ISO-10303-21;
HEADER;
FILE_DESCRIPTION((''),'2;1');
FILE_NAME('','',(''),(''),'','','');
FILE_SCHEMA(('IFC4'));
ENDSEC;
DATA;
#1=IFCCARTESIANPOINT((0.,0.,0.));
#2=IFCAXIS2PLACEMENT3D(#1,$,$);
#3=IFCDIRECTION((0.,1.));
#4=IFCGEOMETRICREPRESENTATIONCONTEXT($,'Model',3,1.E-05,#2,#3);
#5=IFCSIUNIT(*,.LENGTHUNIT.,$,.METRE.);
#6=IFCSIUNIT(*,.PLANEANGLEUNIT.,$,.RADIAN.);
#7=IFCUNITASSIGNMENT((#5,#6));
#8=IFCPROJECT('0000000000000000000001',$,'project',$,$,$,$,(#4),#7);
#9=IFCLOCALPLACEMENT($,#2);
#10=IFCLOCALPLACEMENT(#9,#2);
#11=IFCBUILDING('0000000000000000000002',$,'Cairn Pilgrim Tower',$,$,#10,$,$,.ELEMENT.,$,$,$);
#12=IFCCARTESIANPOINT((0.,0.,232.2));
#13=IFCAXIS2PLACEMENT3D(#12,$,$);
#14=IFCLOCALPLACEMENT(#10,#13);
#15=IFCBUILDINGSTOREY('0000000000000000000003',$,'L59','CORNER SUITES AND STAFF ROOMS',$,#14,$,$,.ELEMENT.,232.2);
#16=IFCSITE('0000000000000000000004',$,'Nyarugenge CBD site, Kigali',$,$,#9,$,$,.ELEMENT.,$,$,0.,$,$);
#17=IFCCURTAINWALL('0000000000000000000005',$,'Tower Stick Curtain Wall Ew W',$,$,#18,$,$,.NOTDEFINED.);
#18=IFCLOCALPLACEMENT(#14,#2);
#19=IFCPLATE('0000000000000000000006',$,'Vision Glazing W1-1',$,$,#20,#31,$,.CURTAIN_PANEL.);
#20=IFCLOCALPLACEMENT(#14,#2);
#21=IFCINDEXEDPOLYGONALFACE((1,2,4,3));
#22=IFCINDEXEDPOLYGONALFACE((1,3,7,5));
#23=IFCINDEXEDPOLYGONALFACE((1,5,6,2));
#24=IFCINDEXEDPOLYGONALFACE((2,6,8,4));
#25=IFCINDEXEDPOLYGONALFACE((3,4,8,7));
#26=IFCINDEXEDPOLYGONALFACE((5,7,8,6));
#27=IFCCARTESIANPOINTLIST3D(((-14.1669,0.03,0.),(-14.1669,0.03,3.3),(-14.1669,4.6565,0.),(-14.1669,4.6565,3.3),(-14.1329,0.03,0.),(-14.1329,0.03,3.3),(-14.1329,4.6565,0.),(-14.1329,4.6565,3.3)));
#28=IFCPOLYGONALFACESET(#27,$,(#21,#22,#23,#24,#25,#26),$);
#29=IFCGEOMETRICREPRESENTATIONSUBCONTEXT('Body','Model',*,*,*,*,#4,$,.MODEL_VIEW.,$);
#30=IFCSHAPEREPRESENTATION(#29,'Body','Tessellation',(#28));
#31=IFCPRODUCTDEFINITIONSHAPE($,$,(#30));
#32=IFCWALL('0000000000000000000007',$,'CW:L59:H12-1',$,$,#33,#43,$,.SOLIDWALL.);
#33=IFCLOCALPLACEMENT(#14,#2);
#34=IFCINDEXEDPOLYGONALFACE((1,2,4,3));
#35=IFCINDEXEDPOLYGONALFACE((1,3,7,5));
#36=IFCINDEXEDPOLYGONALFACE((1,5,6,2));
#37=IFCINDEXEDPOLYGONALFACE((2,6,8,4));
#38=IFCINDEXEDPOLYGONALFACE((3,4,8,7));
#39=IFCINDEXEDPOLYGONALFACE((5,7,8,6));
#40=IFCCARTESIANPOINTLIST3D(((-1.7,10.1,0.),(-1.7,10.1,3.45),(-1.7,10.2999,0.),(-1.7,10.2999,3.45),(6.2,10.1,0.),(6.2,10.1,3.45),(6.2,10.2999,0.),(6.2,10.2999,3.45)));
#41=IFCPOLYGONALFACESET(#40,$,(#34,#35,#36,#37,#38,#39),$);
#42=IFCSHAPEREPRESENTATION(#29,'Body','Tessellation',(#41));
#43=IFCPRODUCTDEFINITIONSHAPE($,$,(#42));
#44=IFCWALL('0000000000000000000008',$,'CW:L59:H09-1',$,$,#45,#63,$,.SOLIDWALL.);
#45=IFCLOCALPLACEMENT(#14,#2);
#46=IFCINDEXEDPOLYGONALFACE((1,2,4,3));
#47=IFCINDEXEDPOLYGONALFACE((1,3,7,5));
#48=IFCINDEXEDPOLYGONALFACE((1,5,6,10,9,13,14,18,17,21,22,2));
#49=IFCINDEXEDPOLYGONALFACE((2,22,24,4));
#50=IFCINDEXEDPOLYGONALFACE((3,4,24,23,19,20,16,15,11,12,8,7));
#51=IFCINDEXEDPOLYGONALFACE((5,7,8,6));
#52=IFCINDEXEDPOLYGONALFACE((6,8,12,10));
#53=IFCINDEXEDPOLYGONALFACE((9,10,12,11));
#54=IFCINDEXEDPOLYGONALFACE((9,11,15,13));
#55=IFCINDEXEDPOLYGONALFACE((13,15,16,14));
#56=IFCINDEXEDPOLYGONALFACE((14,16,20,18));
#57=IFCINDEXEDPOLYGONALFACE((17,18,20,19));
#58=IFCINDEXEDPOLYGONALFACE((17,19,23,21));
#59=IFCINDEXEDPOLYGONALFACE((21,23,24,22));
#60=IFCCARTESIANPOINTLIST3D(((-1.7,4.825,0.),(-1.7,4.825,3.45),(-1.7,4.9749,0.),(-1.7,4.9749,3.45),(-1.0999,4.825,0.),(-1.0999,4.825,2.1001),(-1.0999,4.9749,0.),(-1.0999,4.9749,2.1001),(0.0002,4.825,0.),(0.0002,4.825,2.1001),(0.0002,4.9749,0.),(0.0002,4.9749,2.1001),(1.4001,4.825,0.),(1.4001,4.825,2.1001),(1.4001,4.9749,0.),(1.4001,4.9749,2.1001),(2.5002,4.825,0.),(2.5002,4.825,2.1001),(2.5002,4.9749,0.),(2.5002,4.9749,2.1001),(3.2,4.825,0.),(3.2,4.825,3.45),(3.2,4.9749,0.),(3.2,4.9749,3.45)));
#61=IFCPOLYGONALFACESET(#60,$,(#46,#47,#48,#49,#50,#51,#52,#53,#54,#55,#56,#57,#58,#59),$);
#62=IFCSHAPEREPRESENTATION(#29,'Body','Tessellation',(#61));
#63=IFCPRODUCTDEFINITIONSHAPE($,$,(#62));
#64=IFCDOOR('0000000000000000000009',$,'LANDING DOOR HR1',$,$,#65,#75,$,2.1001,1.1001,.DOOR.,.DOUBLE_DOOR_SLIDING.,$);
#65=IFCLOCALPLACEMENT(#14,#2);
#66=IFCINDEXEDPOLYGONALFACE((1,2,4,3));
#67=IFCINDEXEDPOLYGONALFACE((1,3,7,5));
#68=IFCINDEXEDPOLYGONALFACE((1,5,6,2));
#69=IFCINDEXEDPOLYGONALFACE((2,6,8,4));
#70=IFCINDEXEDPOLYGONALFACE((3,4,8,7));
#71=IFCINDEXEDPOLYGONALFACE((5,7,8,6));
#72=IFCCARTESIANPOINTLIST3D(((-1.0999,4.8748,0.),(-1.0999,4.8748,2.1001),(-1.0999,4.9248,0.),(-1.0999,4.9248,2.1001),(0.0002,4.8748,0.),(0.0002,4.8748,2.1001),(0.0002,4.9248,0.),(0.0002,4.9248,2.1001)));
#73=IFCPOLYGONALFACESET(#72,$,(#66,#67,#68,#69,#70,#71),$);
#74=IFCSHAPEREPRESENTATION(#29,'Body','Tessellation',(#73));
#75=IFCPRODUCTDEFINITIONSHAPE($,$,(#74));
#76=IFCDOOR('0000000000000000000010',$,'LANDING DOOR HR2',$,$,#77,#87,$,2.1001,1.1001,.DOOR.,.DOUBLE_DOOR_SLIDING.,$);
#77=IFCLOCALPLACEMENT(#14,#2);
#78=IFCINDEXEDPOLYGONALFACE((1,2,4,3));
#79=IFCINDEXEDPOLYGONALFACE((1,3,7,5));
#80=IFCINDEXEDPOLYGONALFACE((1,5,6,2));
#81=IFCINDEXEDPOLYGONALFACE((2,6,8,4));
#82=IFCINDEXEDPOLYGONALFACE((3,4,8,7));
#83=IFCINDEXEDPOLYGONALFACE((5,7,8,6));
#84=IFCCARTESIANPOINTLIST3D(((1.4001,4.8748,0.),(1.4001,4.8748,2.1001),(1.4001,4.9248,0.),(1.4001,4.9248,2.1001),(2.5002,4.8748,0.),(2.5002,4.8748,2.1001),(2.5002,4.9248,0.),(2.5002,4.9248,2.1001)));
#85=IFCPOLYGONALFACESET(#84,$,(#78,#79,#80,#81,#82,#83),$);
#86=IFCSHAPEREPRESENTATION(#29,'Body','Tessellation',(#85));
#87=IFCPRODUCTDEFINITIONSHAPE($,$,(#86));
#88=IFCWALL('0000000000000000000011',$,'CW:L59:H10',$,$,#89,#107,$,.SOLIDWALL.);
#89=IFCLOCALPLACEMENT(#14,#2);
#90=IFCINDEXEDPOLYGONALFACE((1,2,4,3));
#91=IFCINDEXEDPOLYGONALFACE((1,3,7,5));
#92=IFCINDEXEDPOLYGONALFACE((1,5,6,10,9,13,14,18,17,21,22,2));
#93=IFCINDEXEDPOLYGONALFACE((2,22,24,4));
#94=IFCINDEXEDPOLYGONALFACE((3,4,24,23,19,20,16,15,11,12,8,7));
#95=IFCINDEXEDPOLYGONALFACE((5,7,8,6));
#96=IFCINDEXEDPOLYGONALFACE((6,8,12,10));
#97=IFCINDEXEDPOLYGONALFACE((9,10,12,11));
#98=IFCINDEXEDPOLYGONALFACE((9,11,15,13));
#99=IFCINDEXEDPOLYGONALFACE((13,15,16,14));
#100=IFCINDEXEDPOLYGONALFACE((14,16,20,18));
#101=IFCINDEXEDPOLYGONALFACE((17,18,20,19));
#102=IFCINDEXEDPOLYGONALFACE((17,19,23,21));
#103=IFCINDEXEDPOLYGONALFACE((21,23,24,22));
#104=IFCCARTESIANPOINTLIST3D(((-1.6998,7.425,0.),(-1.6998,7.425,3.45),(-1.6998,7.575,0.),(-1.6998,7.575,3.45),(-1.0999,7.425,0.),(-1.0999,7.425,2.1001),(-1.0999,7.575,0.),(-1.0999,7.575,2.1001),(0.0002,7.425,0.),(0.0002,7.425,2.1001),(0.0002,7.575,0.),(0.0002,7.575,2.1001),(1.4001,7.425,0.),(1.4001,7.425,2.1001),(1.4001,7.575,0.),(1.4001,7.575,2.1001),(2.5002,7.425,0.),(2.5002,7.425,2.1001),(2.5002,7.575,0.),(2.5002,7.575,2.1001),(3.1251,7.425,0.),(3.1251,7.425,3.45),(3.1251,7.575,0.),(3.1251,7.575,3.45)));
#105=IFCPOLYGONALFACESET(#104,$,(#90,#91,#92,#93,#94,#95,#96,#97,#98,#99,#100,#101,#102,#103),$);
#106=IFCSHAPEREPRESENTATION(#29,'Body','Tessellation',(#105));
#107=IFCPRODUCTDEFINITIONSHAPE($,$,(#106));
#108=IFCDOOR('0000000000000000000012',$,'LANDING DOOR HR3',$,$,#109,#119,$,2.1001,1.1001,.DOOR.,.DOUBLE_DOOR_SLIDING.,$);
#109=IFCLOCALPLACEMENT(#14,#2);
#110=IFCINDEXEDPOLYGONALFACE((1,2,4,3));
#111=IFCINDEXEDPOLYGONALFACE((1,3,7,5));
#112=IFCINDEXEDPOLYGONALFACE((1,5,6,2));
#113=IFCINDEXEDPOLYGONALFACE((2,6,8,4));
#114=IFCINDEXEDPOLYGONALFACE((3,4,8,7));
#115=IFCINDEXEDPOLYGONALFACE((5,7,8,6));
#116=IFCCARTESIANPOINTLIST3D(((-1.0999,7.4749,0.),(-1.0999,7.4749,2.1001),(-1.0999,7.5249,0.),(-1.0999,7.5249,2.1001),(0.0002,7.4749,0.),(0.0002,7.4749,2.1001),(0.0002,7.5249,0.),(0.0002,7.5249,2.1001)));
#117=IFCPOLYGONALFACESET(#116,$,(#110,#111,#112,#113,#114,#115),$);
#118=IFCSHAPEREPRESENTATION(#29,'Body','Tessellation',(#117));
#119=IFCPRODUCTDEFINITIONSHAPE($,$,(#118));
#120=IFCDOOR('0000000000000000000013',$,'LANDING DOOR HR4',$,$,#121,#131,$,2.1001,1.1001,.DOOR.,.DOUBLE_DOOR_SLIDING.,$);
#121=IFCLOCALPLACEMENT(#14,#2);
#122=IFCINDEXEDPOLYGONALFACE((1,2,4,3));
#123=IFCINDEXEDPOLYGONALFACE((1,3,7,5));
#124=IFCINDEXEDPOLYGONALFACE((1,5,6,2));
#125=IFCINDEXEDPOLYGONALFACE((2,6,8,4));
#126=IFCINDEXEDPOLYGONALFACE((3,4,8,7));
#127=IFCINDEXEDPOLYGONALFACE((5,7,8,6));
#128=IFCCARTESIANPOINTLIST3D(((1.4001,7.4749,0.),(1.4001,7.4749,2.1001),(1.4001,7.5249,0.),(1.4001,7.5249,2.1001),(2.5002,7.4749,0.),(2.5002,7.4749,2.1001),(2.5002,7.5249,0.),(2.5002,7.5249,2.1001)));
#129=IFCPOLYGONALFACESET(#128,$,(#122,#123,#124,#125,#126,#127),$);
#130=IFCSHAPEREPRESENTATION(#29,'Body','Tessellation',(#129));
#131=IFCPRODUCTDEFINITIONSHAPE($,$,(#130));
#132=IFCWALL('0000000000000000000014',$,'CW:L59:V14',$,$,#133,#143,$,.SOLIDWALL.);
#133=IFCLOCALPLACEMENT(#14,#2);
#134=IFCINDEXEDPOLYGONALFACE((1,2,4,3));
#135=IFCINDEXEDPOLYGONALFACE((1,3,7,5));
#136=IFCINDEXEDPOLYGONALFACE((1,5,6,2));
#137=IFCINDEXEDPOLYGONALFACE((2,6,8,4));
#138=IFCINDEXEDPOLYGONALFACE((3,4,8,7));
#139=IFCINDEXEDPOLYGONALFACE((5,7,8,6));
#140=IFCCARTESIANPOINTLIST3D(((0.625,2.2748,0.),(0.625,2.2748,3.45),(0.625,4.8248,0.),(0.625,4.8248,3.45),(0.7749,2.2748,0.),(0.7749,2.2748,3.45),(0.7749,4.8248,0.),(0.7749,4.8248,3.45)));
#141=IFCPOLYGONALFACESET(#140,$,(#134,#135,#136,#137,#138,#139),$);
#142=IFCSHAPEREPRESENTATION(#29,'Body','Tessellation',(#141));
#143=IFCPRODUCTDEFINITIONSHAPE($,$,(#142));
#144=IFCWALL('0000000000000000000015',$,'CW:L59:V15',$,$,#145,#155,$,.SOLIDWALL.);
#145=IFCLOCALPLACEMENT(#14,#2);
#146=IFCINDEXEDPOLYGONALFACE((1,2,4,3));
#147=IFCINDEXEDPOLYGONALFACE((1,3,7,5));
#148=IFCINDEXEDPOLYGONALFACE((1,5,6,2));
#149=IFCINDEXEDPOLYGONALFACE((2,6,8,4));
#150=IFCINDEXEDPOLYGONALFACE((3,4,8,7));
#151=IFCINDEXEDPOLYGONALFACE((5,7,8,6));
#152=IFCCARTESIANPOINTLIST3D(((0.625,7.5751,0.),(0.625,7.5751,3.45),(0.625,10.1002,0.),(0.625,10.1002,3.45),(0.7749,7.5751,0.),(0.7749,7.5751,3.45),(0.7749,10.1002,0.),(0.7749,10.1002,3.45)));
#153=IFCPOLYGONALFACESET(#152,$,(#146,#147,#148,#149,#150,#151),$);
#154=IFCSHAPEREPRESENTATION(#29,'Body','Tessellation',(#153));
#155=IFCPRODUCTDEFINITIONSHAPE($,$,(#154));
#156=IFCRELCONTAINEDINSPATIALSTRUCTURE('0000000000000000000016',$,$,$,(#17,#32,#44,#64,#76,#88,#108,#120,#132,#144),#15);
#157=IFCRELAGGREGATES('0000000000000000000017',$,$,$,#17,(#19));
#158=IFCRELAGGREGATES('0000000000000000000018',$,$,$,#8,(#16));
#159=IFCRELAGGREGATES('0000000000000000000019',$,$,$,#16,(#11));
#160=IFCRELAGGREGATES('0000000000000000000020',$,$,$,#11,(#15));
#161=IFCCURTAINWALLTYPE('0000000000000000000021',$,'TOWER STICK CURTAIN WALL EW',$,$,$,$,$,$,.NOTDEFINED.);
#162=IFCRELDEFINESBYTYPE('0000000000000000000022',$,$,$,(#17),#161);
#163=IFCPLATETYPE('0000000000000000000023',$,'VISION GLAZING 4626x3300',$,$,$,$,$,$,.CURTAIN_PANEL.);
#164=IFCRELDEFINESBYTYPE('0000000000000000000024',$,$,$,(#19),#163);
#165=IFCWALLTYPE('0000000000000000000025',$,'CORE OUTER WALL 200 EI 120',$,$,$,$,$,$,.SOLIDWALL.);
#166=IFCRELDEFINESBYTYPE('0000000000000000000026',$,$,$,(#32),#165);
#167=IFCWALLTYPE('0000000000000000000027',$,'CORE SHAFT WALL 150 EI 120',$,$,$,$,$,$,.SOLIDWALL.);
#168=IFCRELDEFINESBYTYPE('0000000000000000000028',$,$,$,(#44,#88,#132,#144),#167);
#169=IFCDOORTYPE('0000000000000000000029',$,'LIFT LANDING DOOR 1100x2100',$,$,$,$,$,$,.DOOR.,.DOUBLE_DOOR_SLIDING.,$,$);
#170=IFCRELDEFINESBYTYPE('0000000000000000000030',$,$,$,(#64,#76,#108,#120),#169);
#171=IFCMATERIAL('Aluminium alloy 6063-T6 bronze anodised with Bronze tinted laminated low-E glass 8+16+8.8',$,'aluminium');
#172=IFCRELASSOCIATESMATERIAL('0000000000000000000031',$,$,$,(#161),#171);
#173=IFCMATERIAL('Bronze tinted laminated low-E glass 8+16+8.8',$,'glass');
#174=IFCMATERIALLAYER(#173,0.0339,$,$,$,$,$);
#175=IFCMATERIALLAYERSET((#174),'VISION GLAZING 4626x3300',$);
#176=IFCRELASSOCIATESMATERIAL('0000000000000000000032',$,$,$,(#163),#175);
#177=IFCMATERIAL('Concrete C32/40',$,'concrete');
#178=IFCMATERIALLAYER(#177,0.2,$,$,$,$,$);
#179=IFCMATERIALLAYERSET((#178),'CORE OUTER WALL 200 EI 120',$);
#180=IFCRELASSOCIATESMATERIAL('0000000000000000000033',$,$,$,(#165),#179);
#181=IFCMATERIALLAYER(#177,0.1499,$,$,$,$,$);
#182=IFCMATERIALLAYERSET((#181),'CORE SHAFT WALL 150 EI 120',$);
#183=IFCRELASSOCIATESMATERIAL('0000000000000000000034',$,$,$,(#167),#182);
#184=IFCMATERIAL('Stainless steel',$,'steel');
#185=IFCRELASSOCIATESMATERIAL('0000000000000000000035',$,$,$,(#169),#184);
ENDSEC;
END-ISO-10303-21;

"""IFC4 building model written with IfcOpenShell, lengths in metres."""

from ifc_helpers import new_model, si_unit, direction, frame, frame_2d, origin, origin_2d, place, context, subcontext, project, spatial, rectangle, extrude, material, layer, layer_set, type_object, element, fill, aggregate, save


model = new_model("IFC4")

# Units and contexts
model_context = context("Model", 3, precision=1e-05, world=origin(), true_north=direction((0.0, 1.0)))
body_context = subcontext(model_context, "Body", "Model", "MODEL_VIEW")
ifc_project = project(units=[si_unit("LENGTHUNIT", "METRE"), si_unit("PLANEANGLEUNIT", "RADIAN")], contexts=[model_context])

# Site, building, storey
site_placement = place(None, origin())
site = spatial("IfcSite", under=ifc_project, at=site_placement, Name="Nyarugenge CBD site, Kigali", CompositionType="ELEMENT", RefElevation=0.0)
building_placement = place(site_placement, origin())
building = spatial("IfcBuilding", under=site, at=building_placement, Name="Cairn Pilgrim Tower", CompositionType="ELEMENT")
storey_placement = place(building_placement, frame((0.0, 0.0, 232.2)))
storey = spatial("IfcBuildingStorey", under=building, at=storey_placement, Name="L59", Description="CORNER SUITES AND STAFF ROOMS", CompositionType="ELEMENT", Elevation=232.2)

# Curtain wall
ifc_material_1 = material(Name="Aluminium alloy 6063-T6 bronze anodised with Bronze tinted laminated low-E glass 8+16+8.8", Category="aluminium")
curtain_wall_type_1 = type_object("IfcCurtainWallType", Name="TOWER STICK CURTAIN WALL EW", PredefinedType="NOTDEFINED", material=ifc_material_1)
curtain_wall_1_placement = place(storey_placement, origin())
curtain_wall_1 = element("IfcCurtainWall", 1, at=curtain_wall_1_placement, inside=storey, type_object=curtain_wall_type_1, Name="Tower Stick Curtain Wall Ew W", PredefinedType="NOTDEFINED")

# Plate
ifc_material_2 = material(Name="Bronze tinted laminated low-E glass 8+16+8.8", Category="glass")
ifc_layer_1 = layer(ifc_material_2, 0.0339)
ifc_layer_set_1 = layer_set([ifc_layer_1], Name="VISION GLAZING 4626x3300")
plate_type_1 = type_object("IfcPlateType", Name="VISION GLAZING 4626x3300", PredefinedType="CURTAIN_PANEL", material=ifc_layer_set_1)
plate_1_placement = place(storey_placement, frame((-14.1499, 2.3433, 0.0), z_axis=(0.0, 0.0, 1.0), x_axis=(0.0, -1.0, 0.0)))
plate_1 = element("IfcPlate", 2, at=plate_1_placement, type_object=plate_type_1, Name="Vision Glazing W1-1", PredefinedType="CURTAIN_PANEL", context=body_context, shape_type="SweptSolid", body=[
    extrude(rectangle(XDim=4.6265, YDim=0.0339, at=origin_2d()), origin(), (0.0, 0.0, 1.0), 3.3),
])
aggregate(curtain_wall_1, [plate_1])

# Wall
ifc_material_3 = material(Name="Concrete C32/40", Category="concrete")
ifc_layer_2 = layer(ifc_material_3, 0.2)
ifc_layer_set_2 = layer_set([ifc_layer_2], Name="CORE OUTER WALL 200 EI 120")
wall_type_1 = type_object("IfcWallType", Name="CORE OUTER WALL 200 EI 120", PredefinedType="SOLIDWALL", material=ifc_layer_set_2)
wall_1_placement = place(storey_placement, frame((-1.7, 10.2, 0.0), z_axis=(0.0, 0.0, 1.0), x_axis=(1.0, 0.0, 0.0)))
element("IfcWall", 3, at=wall_1_placement, inside=storey, type_object=wall_type_1, Name="CW:L59:H12-1", PredefinedType="SOLIDWALL", context=body_context, shape_type="SweptSolid", body=[
    extrude(rectangle(XDim=7.8999, YDim=0.2, at=frame_2d((3.95, 0.0))), origin(), (0.0, 0.0, 1.0), 3.45),
])

# Walls, openings, doors
ifc_layer_3 = layer(ifc_material_3, 0.1499)
ifc_layer_set_3 = layer_set([ifc_layer_3], Name="CORE SHAFT WALL 150 EI 120")
wall_type_2 = type_object("IfcWallType", Name="CORE SHAFT WALL 150 EI 120", PredefinedType="SOLIDWALL", material=ifc_layer_set_3)
wall_2_placement = place(storey_placement, frame((-1.7, 4.8999, 0.0), z_axis=(0.0, 0.0, 1.0), x_axis=(1.0, 0.0, 0.0)))
wall_2 = element("IfcWall", 4, at=wall_2_placement, inside=storey, type_object=wall_type_2, Name="CW:L59:H09-1", PredefinedType="SOLIDWALL", context=body_context, shape_type="SweptSolid", body=[
    extrude(rectangle(XDim=4.8999, YDim=0.1499, at=frame_2d((2.45, 0.0))), origin(), (0.0, 0.0, 1.0), 3.45),
])
opening_1_placement = place(wall_2_placement, frame((0.6001, 0.0, 0.0)))
opening_1 = element("IfcOpeningElement", 5, at=opening_1_placement, cuts=wall_2, PredefinedType="OPENING", context=body_context, shape_type="SweptSolid", body=[
    extrude(rectangle(XDim=1.1001, YDim=2.1001, at=frame_2d((0.55, 1.05))), frame((0.0, 0.085, 0.0), z_axis=(0.0, -1.0, 0.0), x_axis=(1.0, 0.0, 0.0)), (0.0, 0.0, 1.0), 0.1699),
])
opening_2_placement = place(wall_2_placement, frame((3.1001, 0.0, 0.0)))
opening_2 = element("IfcOpeningElement", 6, at=opening_2_placement, cuts=wall_2, PredefinedType="OPENING", context=body_context, shape_type="SweptSolid", body=[
    extrude(rectangle(XDim=1.1001, YDim=2.1001, at=frame_2d((0.55, 1.05))), frame((0.0, 0.085, 0.0), z_axis=(0.0, -1.0, 0.0), x_axis=(1.0, 0.0, 0.0)), (0.0, 0.0, 1.0), 0.1699),
])
ifc_material_4 = material(Name="Stainless steel", Category="steel")
door_type_1 = type_object("IfcDoorType", Name="LIFT LANDING DOOR 1100x2100", OperationType="DOUBLE_DOOR_SLIDING", PredefinedType="DOOR", material=ifc_material_4)
door_1_placement = place(opening_1_placement, origin())
door_1 = element("IfcDoor", 7, at=door_1_placement, inside=storey, type_object=door_type_1, Name="LANDING DOOR HR1", OperationType="DOUBLE_DOOR_SLIDING", OverallHeight=2.1001, OverallWidth=1.1001, PredefinedType="DOOR", context=body_context, shape_type="SweptSolid", body=[
    extrude(rectangle(XDim=1.1001, YDim=2.1001, at=frame_2d((0.55, 1.05))), frame((0.0, 0.0249, 0.0), z_axis=(0.0, -1.0, 0.0), x_axis=(1.0, 0.0, 0.0)), (0.0, 0.0, 1.0), 0.05),
])
fill(opening_1, door_1)
door_2_placement = place(opening_2_placement, origin())
door_2 = element("IfcDoor", 8, at=door_2_placement, inside=storey, type_object=door_type_1, Name="LANDING DOOR HR2", OperationType="DOUBLE_DOOR_SLIDING", OverallHeight=2.1001, OverallWidth=1.1001, PredefinedType="DOOR", context=body_context, shape_type="SweptSolid", body=[
    extrude(rectangle(XDim=1.1001, YDim=2.1001, at=frame_2d((0.55, 1.05))), frame((0.0, 0.0249, 0.0), z_axis=(0.0, -1.0, 0.0), x_axis=(1.0, 0.0, 0.0)), (0.0, 0.0, 1.0), 0.05),
])
fill(opening_2, door_2)
wall_3_placement = place(storey_placement, frame((-1.7, 7.5, 0.0), z_axis=(0.0, 0.0, 1.0), x_axis=(1.0, 0.0, 0.0)))
wall_3 = element("IfcWall", 9, at=wall_3_placement, inside=storey, type_object=wall_type_2, Name="CW:L59:H10", PredefinedType="SOLIDWALL", context=body_context, shape_type="SweptSolid", body=[
    extrude(rectangle(XDim=4.825, YDim=0.1499, at=frame_2d((2.4126, 0.0))), origin(), (0.0, 0.0, 1.0), 3.45),
])
opening_3_placement = place(wall_3_placement, frame((0.6001, 0.0, 0.0)))
opening_3 = element("IfcOpeningElement", 10, at=opening_3_placement, cuts=wall_3, PredefinedType="OPENING", context=body_context, shape_type="SweptSolid", body=[
    extrude(rectangle(XDim=1.1001, YDim=2.1001, at=frame_2d((0.55, 1.05))), frame((0.0, 0.085, 0.0), z_axis=(0.0, -1.0, 0.0), x_axis=(1.0, 0.0, 0.0)), (0.0, 0.0, 1.0), 0.1699),
])
opening_4_placement = place(wall_3_placement, frame((3.1001, 0.0, 0.0)))
opening_4 = element("IfcOpeningElement", 11, at=opening_4_placement, cuts=wall_3, PredefinedType="OPENING", context=body_context, shape_type="SweptSolid", body=[
    extrude(rectangle(XDim=1.1001, YDim=2.1001, at=frame_2d((0.55, 1.05))), frame((0.0, 0.085, 0.0), z_axis=(0.0, -1.0, 0.0), x_axis=(1.0, 0.0, 0.0)), (0.0, 0.0, 1.0), 0.1699),
])
door_3_placement = place(opening_3_placement, origin())
door_3 = element("IfcDoor", 12, at=door_3_placement, inside=storey, type_object=door_type_1, Name="LANDING DOOR HR3", OperationType="DOUBLE_DOOR_SLIDING", OverallHeight=2.1001, OverallWidth=1.1001, PredefinedType="DOOR", context=body_context, shape_type="SweptSolid", body=[
    extrude(rectangle(XDim=1.1001, YDim=2.1001, at=frame_2d((0.55, 1.05))), frame((0.0, 0.0249, 0.0), z_axis=(0.0, -1.0, 0.0), x_axis=(1.0, 0.0, 0.0)), (0.0, 0.0, 1.0), 0.05),
])
fill(opening_3, door_3)
door_4_placement = place(opening_4_placement, origin())
door_4 = element("IfcDoor", 13, at=door_4_placement, inside=storey, type_object=door_type_1, Name="LANDING DOOR HR4", OperationType="DOUBLE_DOOR_SLIDING", OverallHeight=2.1001, OverallWidth=1.1001, PredefinedType="DOOR", context=body_context, shape_type="SweptSolid", body=[
    extrude(rectangle(XDim=1.1001, YDim=2.1001, at=frame_2d((0.55, 1.05))), frame((0.0, 0.0249, 0.0), z_axis=(0.0, -1.0, 0.0), x_axis=(1.0, 0.0, 0.0)), (0.0, 0.0, 1.0), 0.05),
])
fill(opening_4, door_4)

# Walls
wall_4_placement = place(storey_placement, frame((0.7, 2.2749, 0.0), z_axis=(0.0, 0.0, 1.0), x_axis=(0.0, 1.0, 0.0)))
element("IfcWall", 14, at=wall_4_placement, inside=storey, type_object=wall_type_2, Name="CW:L59:V14", PredefinedType="SOLIDWALL", context=body_context, shape_type="SweptSolid", body=[
    extrude(rectangle(XDim=2.55, YDim=0.1499, at=frame_2d((1.2749, 0.0))), origin(), (0.0, 0.0, 1.0), 3.45),
])
wall_5_placement = place(storey_placement, frame((0.7, 7.575, 0.0), z_axis=(0.0, 0.0, 1.0), x_axis=(0.0, 1.0, 0.0)))
element("IfcWall", 15, at=wall_5_placement, inside=storey, type_object=wall_type_2, Name="CW:L59:V15", PredefinedType="SOLIDWALL", context=body_context, shape_type="SweptSolid", body=[
    extrude(rectangle(XDim=2.5251, YDim=0.1499, at=frame_2d((1.2627, 0.0))), origin(), (0.0, 0.0, 1.0), 3.45),
])

save(model, "model.ifc")
